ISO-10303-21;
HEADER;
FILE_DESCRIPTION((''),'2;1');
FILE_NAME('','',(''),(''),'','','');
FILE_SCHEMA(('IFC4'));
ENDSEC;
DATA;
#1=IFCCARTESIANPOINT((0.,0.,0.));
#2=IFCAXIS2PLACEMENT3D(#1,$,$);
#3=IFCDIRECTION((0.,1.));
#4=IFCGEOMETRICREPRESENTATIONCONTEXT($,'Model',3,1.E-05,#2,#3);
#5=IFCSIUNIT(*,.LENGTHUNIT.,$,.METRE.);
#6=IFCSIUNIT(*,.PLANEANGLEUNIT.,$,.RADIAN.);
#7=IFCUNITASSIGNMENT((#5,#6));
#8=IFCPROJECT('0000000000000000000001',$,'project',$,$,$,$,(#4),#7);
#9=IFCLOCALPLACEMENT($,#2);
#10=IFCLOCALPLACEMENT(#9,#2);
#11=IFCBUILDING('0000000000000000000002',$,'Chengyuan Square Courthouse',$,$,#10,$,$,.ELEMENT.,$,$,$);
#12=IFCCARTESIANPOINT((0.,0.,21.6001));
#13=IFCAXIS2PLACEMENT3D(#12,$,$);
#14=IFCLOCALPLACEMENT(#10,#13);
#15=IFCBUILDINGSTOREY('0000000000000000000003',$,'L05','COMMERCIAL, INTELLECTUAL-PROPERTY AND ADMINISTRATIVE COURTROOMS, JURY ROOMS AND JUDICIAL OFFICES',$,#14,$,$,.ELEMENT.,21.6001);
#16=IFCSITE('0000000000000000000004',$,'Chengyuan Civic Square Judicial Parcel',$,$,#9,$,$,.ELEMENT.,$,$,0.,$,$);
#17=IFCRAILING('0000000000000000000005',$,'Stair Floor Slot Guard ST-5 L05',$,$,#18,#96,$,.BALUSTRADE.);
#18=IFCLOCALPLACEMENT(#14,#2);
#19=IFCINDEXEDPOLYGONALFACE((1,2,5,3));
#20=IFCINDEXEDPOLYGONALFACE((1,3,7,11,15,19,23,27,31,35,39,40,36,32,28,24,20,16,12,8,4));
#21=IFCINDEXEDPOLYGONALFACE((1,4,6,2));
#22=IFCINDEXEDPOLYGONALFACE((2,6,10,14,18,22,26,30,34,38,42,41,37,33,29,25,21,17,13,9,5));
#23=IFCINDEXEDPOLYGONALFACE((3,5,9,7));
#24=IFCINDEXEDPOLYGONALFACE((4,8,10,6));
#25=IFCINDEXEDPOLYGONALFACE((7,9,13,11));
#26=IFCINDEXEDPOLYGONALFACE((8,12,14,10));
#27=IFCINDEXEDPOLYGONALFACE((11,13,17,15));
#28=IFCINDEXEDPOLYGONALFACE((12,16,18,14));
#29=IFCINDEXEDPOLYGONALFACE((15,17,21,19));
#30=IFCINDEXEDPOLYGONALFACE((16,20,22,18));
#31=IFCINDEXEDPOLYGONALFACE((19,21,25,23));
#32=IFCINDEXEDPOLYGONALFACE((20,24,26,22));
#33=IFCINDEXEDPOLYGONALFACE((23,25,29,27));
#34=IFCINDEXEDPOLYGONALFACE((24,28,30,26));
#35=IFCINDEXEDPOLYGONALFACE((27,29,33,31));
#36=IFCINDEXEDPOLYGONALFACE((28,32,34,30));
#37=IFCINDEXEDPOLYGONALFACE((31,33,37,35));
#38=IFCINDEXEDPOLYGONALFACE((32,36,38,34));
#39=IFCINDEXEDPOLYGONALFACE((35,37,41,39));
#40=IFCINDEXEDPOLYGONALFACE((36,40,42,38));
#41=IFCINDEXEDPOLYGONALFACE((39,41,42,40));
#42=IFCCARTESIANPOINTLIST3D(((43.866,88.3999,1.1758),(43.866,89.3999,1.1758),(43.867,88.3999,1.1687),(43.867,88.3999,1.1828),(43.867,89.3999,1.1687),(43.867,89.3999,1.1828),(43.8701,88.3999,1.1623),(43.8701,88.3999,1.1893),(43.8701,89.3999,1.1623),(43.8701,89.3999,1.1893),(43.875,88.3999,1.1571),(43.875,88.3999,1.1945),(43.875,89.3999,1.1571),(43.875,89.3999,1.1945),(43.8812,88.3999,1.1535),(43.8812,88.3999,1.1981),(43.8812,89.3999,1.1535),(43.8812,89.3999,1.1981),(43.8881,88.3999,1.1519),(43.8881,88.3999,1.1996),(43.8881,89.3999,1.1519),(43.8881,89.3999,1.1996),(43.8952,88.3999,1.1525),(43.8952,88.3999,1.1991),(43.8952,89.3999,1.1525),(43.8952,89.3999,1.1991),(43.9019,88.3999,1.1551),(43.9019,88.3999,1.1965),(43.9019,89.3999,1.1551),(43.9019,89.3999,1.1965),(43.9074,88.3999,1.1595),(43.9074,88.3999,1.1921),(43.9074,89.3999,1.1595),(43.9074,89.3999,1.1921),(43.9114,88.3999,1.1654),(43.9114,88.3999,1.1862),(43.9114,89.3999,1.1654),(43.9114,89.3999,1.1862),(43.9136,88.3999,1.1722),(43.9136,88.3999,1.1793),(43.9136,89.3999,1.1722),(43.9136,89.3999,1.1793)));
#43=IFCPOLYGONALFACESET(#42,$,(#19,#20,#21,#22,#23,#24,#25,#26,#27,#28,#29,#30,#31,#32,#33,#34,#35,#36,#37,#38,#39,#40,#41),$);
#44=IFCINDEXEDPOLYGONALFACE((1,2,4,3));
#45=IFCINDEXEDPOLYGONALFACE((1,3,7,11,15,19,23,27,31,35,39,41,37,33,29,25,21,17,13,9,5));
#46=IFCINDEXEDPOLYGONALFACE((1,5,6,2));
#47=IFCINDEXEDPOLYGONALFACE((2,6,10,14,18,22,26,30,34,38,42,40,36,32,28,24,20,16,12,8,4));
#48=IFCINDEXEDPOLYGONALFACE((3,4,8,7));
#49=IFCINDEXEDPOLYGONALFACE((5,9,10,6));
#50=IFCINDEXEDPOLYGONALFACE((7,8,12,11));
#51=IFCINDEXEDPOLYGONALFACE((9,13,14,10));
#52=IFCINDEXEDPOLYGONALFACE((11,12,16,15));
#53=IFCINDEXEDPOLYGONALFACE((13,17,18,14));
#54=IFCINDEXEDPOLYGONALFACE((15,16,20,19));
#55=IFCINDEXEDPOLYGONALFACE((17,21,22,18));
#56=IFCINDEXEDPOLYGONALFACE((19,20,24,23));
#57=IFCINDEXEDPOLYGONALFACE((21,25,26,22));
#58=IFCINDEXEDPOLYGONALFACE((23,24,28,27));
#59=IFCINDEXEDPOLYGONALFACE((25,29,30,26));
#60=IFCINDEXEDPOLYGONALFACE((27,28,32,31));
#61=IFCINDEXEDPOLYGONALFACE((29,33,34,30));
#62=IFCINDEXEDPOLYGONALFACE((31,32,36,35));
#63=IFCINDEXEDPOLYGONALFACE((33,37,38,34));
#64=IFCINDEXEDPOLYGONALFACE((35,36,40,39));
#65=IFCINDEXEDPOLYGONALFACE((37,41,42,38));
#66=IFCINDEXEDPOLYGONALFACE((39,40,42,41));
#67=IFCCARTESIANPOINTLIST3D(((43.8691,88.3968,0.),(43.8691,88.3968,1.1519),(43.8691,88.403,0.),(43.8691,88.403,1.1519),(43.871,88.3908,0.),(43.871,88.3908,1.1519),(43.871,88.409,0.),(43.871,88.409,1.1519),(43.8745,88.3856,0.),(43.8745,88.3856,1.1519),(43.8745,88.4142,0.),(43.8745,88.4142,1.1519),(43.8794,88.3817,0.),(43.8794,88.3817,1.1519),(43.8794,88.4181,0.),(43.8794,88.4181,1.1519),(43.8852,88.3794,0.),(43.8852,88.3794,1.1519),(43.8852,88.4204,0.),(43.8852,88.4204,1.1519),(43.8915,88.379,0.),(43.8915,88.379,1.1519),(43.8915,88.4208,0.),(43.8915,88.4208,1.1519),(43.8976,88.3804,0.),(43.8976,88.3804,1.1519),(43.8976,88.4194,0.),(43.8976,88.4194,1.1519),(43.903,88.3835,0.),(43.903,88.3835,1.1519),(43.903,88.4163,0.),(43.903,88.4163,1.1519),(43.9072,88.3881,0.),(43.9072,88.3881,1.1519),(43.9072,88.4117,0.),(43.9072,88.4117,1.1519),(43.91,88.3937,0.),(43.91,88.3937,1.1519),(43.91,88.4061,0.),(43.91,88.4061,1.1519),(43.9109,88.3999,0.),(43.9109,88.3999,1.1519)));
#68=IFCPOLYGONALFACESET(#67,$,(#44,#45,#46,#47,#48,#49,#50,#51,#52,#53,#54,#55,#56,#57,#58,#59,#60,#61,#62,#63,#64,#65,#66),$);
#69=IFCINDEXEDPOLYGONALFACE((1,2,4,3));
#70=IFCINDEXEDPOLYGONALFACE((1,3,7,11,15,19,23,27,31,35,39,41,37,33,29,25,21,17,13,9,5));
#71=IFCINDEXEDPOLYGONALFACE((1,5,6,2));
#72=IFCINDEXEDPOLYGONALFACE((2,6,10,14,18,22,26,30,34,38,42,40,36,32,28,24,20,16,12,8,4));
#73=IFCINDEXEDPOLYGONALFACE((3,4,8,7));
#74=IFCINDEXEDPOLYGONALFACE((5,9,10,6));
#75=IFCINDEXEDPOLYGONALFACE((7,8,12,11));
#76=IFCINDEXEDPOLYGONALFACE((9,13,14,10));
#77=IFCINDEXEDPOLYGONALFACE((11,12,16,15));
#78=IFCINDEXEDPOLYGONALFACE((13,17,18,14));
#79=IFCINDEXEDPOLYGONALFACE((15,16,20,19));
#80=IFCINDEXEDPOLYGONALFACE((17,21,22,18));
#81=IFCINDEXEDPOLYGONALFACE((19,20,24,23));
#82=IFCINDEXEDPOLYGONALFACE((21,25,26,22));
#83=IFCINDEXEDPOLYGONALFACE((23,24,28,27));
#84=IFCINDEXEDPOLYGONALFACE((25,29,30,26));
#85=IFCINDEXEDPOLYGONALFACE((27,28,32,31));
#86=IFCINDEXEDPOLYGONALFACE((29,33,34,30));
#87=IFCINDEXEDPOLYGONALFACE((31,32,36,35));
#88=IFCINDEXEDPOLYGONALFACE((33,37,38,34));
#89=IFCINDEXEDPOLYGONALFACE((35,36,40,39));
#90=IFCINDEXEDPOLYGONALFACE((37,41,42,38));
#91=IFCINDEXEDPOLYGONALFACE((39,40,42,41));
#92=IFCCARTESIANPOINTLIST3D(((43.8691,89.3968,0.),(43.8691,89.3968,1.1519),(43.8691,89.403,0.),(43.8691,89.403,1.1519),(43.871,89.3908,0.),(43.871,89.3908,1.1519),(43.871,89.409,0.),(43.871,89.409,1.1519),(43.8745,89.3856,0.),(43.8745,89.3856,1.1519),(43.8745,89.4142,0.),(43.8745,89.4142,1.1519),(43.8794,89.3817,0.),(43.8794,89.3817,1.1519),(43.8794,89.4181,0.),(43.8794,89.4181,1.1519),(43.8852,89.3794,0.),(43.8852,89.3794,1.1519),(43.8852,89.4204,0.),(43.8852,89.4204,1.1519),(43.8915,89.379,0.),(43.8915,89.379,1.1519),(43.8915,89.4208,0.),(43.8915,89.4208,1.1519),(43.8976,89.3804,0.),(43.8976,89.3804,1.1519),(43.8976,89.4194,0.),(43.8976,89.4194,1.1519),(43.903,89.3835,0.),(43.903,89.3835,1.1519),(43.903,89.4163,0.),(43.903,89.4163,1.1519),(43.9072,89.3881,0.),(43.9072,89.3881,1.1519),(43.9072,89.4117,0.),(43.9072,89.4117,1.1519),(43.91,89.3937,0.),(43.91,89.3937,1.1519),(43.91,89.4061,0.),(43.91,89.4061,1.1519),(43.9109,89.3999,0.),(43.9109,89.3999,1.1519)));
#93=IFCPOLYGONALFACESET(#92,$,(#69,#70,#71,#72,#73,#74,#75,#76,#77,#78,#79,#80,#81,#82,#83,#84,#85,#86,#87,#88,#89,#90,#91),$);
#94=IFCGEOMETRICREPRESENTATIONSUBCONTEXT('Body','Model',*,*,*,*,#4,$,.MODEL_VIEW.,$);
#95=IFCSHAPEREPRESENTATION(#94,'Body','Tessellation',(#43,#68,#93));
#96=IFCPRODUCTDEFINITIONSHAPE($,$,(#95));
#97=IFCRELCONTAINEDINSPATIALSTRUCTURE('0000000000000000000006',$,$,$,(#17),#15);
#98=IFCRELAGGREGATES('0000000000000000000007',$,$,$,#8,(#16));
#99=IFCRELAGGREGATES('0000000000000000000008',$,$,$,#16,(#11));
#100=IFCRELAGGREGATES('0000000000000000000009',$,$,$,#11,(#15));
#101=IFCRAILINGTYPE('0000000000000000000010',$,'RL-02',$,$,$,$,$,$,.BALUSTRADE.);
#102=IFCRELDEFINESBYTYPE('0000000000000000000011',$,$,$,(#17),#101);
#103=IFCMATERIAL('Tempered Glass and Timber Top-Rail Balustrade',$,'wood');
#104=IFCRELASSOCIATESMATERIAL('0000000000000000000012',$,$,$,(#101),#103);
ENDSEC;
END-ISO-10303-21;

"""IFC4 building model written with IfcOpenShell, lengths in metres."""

from ifc_helpers import new_model, si_unit, direction, frame, origin, origin_2d, place, context, subcontext, project, spatial, circle, extrude, material, type_object, element, save


model = new_model("IFC4")

# Units and contexts
model_context = context("Model", 3, precision=1e-05, world=origin(), true_north=direction((0.0, 1.0)))
body_context = subcontext(model_context, "Body", "Model", "MODEL_VIEW")
ifc_project = project(units=[si_unit("LENGTHUNIT", "METRE"), si_unit("PLANEANGLEUNIT", "RADIAN")], contexts=[model_context])

# Site, building, storey
site_placement = place(None, origin())
site = spatial("IfcSite", under=ifc_project, at=site_placement, Name="Chengyuan Civic Square Judicial Parcel", CompositionType="ELEMENT", RefElevation=0.0)
building_placement = place(site_placement, origin())
building = spatial("IfcBuilding", under=site, at=building_placement, Name="Chengyuan Square Courthouse", CompositionType="ELEMENT")
storey_placement = place(building_placement, frame((0.0, 0.0, 21.6001)))
storey = spatial("IfcBuildingStorey", under=building, at=storey_placement, Name="L05", Description="COMMERCIAL, INTELLECTUAL-PROPERTY AND ADMINISTRATIVE COURTROOMS, JURY ROOMS AND JUDICIAL OFFICES", CompositionType="ELEMENT", Elevation=21.6001)

# Railing
ifc_material_1 = material(Name="Tempered Glass and Timber Top-Rail Balustrade", Category="wood")
railing_type_1 = type_object("IfcRailingType", Name="RL-02", PredefinedType="BALUSTRADE", material=ifc_material_1)
railing_1_placement = place(storey_placement, frame((43.8899, 88.3999, 0.0)))
element("IfcRailing", 1, at=railing_1_placement, inside=storey, type_object=railing_type_1, Name="Stair Floor Slot Guard ST-5 L05", PredefinedType="BALUSTRADE", context=body_context, shape_type="SweptSolid", body=[
    extrude(circle(Radius=0.0239, at=origin_2d()), frame((0.0, 0.0, 1.1758), z_axis=(0.0, 1.0, 0.0), x_axis=(-1.0, 0.0, 0.0)), (0.0, 0.0, 1.0), 1.0),
    extrude(circle(Radius=0.021, at=origin_2d()), origin(), (0.0, 0.0, 1.0), 1.1519),
    extrude(circle(Radius=0.021, at=origin_2d()), frame((0.0, 1.0, 0.0)), (0.0, 0.0, 1.0), 1.1519),
])

save(model, "model.ifc")
